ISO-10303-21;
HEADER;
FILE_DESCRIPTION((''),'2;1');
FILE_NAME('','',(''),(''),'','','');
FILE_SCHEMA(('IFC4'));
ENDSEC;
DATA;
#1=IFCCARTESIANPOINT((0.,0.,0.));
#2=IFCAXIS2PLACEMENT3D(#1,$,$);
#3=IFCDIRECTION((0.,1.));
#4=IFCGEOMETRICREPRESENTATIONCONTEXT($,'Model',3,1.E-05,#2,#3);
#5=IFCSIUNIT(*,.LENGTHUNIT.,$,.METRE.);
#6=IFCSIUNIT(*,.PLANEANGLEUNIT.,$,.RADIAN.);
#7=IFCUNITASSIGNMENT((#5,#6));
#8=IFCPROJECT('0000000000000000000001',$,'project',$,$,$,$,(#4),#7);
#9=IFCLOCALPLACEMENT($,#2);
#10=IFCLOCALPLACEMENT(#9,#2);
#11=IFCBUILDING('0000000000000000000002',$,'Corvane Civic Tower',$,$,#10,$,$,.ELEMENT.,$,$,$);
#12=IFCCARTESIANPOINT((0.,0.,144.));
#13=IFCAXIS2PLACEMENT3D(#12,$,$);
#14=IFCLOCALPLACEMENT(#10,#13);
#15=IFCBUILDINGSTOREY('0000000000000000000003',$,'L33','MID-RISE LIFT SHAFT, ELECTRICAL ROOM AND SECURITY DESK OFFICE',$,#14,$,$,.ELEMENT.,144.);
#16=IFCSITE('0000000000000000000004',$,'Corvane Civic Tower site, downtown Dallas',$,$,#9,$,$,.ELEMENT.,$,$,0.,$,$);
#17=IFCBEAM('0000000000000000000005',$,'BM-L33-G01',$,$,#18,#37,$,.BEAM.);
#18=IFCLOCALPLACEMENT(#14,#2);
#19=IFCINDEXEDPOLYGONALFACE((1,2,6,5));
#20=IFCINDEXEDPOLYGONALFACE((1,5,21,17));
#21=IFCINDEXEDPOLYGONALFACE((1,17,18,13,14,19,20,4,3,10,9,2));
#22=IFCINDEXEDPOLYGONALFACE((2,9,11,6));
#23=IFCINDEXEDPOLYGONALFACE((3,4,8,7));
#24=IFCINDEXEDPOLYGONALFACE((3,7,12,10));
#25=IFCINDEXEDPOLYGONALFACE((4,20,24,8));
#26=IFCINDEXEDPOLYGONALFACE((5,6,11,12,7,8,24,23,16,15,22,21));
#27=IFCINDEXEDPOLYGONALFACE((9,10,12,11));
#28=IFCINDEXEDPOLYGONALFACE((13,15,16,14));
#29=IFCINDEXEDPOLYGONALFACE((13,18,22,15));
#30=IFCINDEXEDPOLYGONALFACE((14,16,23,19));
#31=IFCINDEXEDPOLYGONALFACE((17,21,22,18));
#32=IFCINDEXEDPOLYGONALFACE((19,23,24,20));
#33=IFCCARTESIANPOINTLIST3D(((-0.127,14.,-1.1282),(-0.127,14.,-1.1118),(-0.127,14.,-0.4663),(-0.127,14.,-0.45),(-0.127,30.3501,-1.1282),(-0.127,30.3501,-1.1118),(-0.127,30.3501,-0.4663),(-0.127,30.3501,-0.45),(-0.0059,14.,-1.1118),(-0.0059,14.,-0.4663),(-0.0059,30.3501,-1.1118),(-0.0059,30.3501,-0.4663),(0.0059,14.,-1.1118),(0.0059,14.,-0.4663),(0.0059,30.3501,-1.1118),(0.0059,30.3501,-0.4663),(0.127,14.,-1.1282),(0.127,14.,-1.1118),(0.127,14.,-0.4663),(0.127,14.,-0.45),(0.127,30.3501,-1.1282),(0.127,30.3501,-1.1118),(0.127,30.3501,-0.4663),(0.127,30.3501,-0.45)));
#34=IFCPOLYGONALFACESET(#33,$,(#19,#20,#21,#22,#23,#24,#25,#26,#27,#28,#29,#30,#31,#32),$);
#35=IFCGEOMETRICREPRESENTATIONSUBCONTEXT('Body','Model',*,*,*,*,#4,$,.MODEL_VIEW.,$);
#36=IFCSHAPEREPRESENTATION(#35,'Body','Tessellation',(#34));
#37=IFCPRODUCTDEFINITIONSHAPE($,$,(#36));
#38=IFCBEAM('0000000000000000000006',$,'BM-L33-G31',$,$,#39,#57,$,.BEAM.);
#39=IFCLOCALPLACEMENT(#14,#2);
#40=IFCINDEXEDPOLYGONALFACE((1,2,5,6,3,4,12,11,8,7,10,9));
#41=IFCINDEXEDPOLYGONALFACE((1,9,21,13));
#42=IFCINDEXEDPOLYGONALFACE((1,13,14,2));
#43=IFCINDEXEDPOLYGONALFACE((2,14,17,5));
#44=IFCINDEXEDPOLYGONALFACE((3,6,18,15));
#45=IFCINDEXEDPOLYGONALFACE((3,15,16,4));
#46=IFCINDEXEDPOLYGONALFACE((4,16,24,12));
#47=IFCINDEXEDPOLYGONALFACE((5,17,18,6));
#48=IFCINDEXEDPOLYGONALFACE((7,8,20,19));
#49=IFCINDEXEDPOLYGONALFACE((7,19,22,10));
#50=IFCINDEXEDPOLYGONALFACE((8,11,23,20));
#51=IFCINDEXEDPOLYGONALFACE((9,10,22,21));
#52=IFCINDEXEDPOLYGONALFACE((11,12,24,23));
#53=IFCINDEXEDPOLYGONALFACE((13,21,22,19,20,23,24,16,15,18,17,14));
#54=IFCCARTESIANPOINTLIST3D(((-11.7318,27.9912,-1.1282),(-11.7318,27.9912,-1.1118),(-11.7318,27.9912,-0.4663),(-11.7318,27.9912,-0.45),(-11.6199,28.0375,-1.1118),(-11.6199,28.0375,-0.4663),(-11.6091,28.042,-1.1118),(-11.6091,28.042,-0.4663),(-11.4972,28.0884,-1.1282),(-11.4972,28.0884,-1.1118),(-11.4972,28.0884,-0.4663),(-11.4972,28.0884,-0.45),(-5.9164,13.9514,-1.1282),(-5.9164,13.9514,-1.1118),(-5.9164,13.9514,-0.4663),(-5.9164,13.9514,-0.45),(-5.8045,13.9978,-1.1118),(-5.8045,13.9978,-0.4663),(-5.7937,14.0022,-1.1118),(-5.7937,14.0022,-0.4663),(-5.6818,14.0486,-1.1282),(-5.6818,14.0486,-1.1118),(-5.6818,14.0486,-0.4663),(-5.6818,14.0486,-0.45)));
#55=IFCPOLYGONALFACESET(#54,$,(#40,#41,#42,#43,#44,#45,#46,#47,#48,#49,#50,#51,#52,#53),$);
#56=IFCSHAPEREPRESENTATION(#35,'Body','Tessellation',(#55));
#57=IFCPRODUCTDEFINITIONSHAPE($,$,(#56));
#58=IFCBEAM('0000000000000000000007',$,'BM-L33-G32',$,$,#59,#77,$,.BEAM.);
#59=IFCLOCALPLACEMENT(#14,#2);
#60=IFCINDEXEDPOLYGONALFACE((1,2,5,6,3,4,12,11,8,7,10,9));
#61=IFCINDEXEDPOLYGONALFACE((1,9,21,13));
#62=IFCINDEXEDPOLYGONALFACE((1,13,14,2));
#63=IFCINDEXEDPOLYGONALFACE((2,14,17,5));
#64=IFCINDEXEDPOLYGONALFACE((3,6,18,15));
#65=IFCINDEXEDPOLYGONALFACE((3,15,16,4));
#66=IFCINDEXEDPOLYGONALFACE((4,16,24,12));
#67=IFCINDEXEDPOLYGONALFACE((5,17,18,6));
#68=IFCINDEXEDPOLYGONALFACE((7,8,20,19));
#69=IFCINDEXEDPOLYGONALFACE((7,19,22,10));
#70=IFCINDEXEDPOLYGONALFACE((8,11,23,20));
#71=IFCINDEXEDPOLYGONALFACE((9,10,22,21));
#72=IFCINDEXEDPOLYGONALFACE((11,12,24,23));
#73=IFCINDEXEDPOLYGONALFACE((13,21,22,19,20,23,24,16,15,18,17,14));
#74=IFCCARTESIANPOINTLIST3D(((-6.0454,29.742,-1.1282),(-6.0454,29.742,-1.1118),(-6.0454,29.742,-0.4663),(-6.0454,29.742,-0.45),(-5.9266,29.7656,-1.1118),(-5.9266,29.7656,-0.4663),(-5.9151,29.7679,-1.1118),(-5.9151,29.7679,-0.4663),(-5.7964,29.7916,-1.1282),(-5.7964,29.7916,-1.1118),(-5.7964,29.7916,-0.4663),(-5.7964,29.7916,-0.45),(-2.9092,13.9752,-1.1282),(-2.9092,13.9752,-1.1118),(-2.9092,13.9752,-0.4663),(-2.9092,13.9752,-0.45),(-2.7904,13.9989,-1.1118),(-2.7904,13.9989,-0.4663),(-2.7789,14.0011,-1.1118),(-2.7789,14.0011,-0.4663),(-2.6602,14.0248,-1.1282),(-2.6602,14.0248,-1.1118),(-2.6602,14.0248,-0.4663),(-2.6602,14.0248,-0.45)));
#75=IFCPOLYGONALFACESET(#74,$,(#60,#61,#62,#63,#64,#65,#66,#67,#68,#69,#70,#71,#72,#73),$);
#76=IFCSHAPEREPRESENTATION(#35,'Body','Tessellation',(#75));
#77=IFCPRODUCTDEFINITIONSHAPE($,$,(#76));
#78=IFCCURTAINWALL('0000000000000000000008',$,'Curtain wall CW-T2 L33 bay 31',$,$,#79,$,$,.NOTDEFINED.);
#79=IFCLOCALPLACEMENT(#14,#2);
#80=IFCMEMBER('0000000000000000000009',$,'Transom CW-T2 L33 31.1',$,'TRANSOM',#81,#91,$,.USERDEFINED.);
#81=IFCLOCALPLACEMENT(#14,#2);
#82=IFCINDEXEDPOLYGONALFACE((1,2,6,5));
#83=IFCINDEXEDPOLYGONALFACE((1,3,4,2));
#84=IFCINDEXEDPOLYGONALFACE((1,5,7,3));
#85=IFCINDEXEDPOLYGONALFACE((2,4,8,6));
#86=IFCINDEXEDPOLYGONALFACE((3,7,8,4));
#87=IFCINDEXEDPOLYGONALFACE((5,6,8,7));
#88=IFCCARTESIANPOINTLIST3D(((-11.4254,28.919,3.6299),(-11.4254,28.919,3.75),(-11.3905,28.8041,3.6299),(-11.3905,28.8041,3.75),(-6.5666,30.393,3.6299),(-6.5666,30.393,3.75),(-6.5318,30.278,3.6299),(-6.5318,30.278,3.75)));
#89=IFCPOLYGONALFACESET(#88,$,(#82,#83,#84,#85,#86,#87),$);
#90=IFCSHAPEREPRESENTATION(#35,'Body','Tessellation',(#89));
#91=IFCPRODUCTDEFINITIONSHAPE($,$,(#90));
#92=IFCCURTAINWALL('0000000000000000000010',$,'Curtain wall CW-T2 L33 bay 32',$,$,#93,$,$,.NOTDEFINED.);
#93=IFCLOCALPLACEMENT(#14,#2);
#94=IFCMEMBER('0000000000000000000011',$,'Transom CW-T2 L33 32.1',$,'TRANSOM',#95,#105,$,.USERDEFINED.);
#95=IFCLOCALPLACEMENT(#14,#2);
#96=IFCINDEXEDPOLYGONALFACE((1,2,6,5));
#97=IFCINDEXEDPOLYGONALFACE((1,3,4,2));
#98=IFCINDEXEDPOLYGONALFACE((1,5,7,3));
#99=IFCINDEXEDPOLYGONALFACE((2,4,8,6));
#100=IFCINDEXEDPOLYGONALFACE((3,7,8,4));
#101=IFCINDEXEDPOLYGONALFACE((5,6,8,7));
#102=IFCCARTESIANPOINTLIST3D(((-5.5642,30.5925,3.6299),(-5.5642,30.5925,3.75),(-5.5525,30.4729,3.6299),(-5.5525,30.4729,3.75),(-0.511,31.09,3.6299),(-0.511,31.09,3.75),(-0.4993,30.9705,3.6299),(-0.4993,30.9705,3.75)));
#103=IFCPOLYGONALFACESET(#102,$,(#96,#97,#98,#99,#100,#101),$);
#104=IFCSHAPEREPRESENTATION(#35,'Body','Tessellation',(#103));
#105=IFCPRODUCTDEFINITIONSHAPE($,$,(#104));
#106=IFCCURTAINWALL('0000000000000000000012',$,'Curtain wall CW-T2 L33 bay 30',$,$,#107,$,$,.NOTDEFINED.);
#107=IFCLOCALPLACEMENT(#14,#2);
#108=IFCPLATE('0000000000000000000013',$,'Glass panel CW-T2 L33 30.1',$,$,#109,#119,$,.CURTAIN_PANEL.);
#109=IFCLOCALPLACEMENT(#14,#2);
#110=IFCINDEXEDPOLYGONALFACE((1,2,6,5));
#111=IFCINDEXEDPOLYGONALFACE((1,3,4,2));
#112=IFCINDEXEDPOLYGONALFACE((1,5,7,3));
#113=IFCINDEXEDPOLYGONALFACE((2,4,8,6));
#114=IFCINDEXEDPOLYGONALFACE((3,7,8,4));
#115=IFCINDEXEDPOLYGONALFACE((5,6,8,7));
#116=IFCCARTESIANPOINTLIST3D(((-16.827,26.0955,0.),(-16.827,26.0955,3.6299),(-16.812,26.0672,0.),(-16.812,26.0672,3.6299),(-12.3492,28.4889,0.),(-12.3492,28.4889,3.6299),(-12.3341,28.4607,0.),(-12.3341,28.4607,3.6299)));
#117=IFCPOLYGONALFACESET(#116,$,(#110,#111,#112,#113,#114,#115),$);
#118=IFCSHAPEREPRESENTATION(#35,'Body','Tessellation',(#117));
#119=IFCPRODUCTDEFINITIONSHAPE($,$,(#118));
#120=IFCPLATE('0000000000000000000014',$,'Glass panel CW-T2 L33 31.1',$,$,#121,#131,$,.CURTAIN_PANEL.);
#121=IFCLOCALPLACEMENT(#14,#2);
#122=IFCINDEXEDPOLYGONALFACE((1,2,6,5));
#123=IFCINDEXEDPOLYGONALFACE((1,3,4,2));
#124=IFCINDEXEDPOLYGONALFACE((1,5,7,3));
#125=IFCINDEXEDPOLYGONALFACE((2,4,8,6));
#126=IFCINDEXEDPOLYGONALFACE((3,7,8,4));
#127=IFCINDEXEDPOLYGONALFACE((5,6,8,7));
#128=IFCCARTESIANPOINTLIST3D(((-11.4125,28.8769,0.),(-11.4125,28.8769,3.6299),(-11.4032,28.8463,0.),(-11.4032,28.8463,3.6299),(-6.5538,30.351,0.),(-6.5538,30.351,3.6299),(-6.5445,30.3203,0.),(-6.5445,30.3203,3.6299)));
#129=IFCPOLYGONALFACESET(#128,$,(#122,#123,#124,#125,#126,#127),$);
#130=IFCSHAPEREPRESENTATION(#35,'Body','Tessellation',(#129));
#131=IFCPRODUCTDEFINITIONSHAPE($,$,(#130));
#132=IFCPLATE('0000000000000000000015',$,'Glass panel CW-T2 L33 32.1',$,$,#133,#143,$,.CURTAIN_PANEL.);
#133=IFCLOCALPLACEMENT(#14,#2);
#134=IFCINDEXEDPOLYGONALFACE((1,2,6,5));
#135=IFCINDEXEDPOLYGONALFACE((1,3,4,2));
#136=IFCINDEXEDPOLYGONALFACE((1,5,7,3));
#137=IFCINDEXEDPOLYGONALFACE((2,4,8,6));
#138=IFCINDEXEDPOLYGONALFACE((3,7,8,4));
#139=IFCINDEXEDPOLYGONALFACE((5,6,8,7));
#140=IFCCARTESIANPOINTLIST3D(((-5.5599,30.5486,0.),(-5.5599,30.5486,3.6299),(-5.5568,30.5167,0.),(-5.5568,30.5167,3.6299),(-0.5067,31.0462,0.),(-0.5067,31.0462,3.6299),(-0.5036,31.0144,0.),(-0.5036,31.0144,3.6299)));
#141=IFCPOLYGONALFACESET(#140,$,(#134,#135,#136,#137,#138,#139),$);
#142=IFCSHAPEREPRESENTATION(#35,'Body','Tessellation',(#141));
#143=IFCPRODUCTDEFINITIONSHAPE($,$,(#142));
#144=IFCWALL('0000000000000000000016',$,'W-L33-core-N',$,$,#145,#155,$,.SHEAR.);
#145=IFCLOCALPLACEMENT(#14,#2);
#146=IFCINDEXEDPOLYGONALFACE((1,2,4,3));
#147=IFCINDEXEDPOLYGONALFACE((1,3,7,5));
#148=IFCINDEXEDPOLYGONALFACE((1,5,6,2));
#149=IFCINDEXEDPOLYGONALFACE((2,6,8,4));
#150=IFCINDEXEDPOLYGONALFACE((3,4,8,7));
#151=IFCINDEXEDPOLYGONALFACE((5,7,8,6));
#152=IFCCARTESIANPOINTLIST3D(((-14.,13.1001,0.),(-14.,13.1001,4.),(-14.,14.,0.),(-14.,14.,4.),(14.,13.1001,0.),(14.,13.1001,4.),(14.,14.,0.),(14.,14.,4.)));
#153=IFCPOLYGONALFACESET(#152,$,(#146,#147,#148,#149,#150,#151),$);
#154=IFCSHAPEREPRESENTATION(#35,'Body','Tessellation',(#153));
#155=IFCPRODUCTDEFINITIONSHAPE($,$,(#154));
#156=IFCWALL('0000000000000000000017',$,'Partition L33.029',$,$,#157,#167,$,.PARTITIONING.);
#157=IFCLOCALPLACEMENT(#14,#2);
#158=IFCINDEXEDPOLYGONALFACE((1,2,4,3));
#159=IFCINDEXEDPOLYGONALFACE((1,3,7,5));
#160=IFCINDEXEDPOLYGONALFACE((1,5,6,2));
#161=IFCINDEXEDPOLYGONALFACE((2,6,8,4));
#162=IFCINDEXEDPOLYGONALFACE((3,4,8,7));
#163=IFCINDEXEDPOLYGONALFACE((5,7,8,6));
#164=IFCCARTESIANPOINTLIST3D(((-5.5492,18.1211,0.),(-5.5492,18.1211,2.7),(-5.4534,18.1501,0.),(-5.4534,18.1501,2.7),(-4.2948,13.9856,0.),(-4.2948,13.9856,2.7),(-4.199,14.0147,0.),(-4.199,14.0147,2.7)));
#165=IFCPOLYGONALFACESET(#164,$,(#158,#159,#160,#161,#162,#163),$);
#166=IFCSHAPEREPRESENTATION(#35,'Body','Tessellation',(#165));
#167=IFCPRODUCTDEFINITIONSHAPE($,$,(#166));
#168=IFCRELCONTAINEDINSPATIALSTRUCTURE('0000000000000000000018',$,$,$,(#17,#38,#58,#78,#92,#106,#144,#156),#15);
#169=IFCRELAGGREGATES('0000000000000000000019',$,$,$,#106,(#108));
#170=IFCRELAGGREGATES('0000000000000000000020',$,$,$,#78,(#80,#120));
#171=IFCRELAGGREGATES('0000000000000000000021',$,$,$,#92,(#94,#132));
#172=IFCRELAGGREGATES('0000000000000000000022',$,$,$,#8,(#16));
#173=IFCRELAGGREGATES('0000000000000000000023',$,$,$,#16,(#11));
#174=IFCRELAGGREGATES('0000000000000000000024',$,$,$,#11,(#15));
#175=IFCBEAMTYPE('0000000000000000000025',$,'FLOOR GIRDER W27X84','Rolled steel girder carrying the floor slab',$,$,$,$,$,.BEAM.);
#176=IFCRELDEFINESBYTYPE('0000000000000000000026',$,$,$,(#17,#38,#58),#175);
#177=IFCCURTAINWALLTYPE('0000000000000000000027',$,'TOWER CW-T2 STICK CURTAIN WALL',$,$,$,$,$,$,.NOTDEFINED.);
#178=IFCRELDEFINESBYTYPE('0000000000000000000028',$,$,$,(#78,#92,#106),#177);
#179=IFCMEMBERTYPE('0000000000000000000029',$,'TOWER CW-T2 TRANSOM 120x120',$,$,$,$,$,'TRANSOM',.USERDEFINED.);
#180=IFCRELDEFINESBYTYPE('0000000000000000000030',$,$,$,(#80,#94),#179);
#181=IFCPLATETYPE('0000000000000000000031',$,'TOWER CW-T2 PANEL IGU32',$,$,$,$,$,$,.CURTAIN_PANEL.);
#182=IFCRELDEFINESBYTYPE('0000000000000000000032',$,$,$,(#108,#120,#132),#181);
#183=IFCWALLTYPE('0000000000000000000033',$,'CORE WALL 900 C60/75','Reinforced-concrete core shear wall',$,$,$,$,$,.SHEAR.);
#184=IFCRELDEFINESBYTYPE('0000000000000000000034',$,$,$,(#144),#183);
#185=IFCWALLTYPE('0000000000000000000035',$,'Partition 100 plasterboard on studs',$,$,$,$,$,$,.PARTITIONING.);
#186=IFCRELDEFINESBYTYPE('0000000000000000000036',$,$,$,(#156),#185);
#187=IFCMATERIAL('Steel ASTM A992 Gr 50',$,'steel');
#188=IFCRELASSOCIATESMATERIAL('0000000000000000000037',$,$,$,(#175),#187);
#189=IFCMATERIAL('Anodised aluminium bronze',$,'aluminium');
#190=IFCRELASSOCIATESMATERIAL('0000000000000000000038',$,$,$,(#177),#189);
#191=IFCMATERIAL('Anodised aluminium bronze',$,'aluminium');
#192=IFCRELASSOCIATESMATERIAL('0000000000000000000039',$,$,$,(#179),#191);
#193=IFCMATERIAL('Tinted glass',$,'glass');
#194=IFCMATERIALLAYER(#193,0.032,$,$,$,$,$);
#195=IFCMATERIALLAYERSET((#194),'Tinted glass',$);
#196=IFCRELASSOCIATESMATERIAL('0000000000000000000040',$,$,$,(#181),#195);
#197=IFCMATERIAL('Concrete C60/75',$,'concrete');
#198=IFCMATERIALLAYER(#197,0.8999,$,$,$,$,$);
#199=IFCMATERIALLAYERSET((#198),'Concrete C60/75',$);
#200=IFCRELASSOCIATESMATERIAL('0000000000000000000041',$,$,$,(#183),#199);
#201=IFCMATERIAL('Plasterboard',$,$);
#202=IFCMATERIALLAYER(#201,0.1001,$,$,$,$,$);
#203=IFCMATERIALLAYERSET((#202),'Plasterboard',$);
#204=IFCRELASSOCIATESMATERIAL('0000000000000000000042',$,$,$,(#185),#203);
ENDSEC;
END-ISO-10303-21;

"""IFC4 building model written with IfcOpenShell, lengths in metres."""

from ifc_helpers import new_model, si_unit, direction, frame, frame_2d, origin, origin_2d, place, context, subcontext, project, spatial, rectangle, i_section, extrude, material, layer, layer_set, material_profile, profile_set, type_object, element, aggregate, save


model = new_model("IFC4")

# Units and contexts
model_context = context("Model", 3, precision=1e-05, world=origin(), true_north=direction((0.0, 1.0)))
body_context = subcontext(model_context, "Body", "Model", "MODEL_VIEW")
ifc_project = project(units=[si_unit("LENGTHUNIT", "METRE"), si_unit("PLANEANGLEUNIT", "RADIAN")], contexts=[model_context])

# Site, building, storey
site_placement = place(None, origin())
site = spatial("IfcSite", under=ifc_project, at=site_placement, Name="Corvane Civic Tower site, downtown Dallas", CompositionType="ELEMENT", RefElevation=0.0)
building_placement = place(site_placement, origin())
building = spatial("IfcBuilding", under=site, at=building_placement, Name="Corvane Civic Tower", CompositionType="ELEMENT")
storey_placement = place(building_placement, frame((0.0, 0.0, 144.0)))
storey = spatial("IfcBuildingStorey", under=building, at=storey_placement, Name="L33", Description="MID-RISE LIFT SHAFT, ELECTRICAL ROOM AND SECURITY DESK OFFICE", CompositionType="ELEMENT", Elevation=144.0)

# Beams
ifc_material_1 = material(Name="Steel ASTM A992 Gr 50", Category="steel")
ifc_material_profile_1 = material_profile(ifc_material_1, i_section(OverallWidth=0.2539, OverallDepth=0.6782, WebThickness=0.0117, FlangeThickness=0.0164, at=origin_2d()), Name="W27X84")
ifc_profile_set_1 = profile_set([ifc_material_profile_1], Name="Steel ASTM A992 Gr 50")
beam_type_1 = type_object("IfcBeamType", Name="FLOOR GIRDER W27X84", Description="Rolled steel girder carrying the floor slab", PredefinedType="BEAM", material=ifc_profile_set_1)
beam_1_placement = place(storey_placement, frame((0.0, 14.0, -0.7891), z_axis=(0.0, 1.0, 0.0), x_axis=(-1.0, 0.0, 0.0)))
element("IfcBeam", 1, at=beam_1_placement, inside=storey, type_object=beam_type_1, Name="BM-L33-G01", PredefinedType="BEAM", context=body_context, shape_type="SweptSolid", body=[
    extrude(i_section(OverallWidth=0.2539, OverallDepth=0.6782, WebThickness=0.0117, FlangeThickness=0.0164, at=origin_2d()), origin(), (0.0, 0.0, 1.0), 16.3501),
])
beam_2_placement = place(storey_placement, frame((-5.7991, 14.0, -0.7891), z_axis=(-0.382681, 0.923881, 0.0), x_axis=(-0.923881, -0.382681, 0.0)))
element("IfcBeam", 2, at=beam_2_placement, inside=storey, type_object=beam_type_1, Name="BM-L33-G31", PredefinedType="BEAM", context=body_context, shape_type="SweptSolid", body=[
    extrude(i_section(OverallWidth=0.2539, OverallDepth=0.6782, WebThickness=0.0117, FlangeThickness=0.0164, at=origin_2d()), origin(), (0.0, 0.0, 1.0), 15.1965),
])
beam_3_placement = place(storey_placement, frame((-2.7847, 14.0, -0.7891), z_axis=(-0.195091, 0.980785, 0.0), x_axis=(-0.980785, -0.195091, 0.0)))
element("IfcBeam", 3, at=beam_3_placement, inside=storey, type_object=beam_type_1, Name="BM-L33-G32", PredefinedType="BEAM", context=body_context, shape_type="SweptSolid", body=[
    extrude(i_section(OverallWidth=0.2539, OverallDepth=0.6782, WebThickness=0.0117, FlangeThickness=0.0164, at=origin_2d()), origin(), (0.0, 0.0, 1.0), 16.0757),
])

# Curtain walls, members
ifc_material_2 = material(Name="Anodised aluminium bronze", Category="aluminium")
curtain_wall_type = type_object("IfcCurtainWallType", Name="TOWER CW-T2 STICK CURTAIN WALL", PredefinedType="NOTDEFINED", material=ifc_material_2)
curtain_wall_1_placement = place(storey_placement, origin())
curtain_wall_1 = element("IfcCurtainWall", 4, at=curtain_wall_1_placement, inside=storey, type_object=curtain_wall_type, Name="Curtain wall CW-T2 L33 bay 31", PredefinedType="NOTDEFINED")
ifc_material_3 = material(Name="Anodised aluminium bronze", Category="aluminium")
ifc_material_profile_2 = material_profile(ifc_material_3, rectangle(XDim=0.1201, YDim=0.1201, at=origin_2d()), Name="TOWER CW-T2 TRANSOM 120x120")
ifc_profile_set_2 = profile_set([ifc_material_profile_2], Name="Anodised aluminium bronze")
member_type = type_object("IfcMemberType", Name="TOWER CW-T2 TRANSOM 120x120", ElementType="TRANSOM", PredefinedType="USERDEFINED", material=ifc_profile_set_2)
member_1_placement = place(storey_placement, frame((-11.408, 28.8616, 3.6899), z_axis=(0.956939, 0.290289, 0.0), x_axis=(-0.290289, 0.956939, 0.0)))
member_1 = element("IfcMember", 5, at=member_1_placement, type_object=member_type, Name="Transom CW-T2 L33 31.1", ObjectType="TRANSOM", PredefinedType="USERDEFINED", context=body_context, shape_type="SweptSolid", body=[
    extrude(rectangle(XDim=0.1201, YDim=0.1201, at=origin_2d()), origin(), (0.0, 0.0, 1.0), 5.0774),
])
curtain_wall_2_placement = place(storey_placement, origin())
curtain_wall_2 = element("IfcCurtainWall", 6, at=curtain_wall_2_placement, inside=storey, type_object=curtain_wall_type, Name="Curtain wall CW-T2 L33 bay 32", PredefinedType="NOTDEFINED")
member_2_placement = place(storey_placement, frame((-5.5583, 30.5327, 3.6899), z_axis=(0.995187, 0.09799, 0.0), x_axis=(-0.09799, 0.995187, 0.0)))
member_2 = element("IfcMember", 7, at=member_2_placement, type_object=member_type, Name="Transom CW-T2 L33 32.1", ObjectType="TRANSOM", PredefinedType="USERDEFINED", context=body_context, shape_type="SweptSolid", body=[
    extrude(rectangle(XDim=0.1201, YDim=0.1201, at=origin_2d()), origin(), (0.0, 0.0, 1.0), 5.0776),
])

# Curtain wall, plate
curtain_wall_3_placement = place(storey_placement, origin())
curtain_wall_3 = element("IfcCurtainWall", 8, at=curtain_wall_3_placement, inside=storey, type_object=curtain_wall_type, Name="Curtain wall CW-T2 L33 bay 30", PredefinedType="NOTDEFINED")
ifc_material_4 = material(Name="Tinted glass", Category="glass")
ifc_layer_1 = layer(ifc_material_4, 0.032)
ifc_layer_set_1 = layer_set([ifc_layer_1], Name="Tinted glass")
plate_type = type_object("IfcPlateType", Name="TOWER CW-T2 PANEL IGU32", PredefinedType="CURTAIN_PANEL", material=ifc_layer_set_1)
plate_1_placement = place(storey_placement, frame((-14.5806, 27.2781, 0.0), z_axis=(0.0, 0.0, 1.0), x_axis=(0.881922, 0.471395, 0.0)))
plate_1 = element("IfcPlate", 9, at=plate_1_placement, type_object=plate_type, Name="Glass panel CW-T2 L33 30.1", PredefinedType="CURTAIN_PANEL", context=body_context, shape_type="SweptSolid", body=[
    extrude(rectangle(XDim=5.0774, YDim=0.032, at=origin_2d()), origin(), (0.0, 0.0, 1.0), 3.6299),
])
aggregate(curtain_wall_3, [plate_1])

# Plates
plate_2_placement = place(storey_placement, frame((-8.9785, 29.5986, 0.0), z_axis=(0.0, 0.0, 1.0), x_axis=(0.956932, 0.290313, 0.0)))
plate_2 = element("IfcPlate", 10, at=plate_2_placement, type_object=plate_type, Name="Glass panel CW-T2 L33 31.1", PredefinedType="CURTAIN_PANEL", context=body_context, shape_type="SweptSolid", body=[
    extrude(rectangle(XDim=5.0774, YDim=0.032, at=origin_2d()), origin(), (0.0, 0.0, 1.0), 3.6299),
])
aggregate(curtain_wall_1, [member_1, plate_2])
plate_3_placement = place(storey_placement, frame((-3.0317, 30.7815, 0.0), z_axis=(0.0, 0.0, 1.0), x_axis=(0.995185, 0.098012, 0.0)))
plate_3 = element("IfcPlate", 11, at=plate_3_placement, type_object=plate_type, Name="Glass panel CW-T2 L33 32.1", PredefinedType="CURTAIN_PANEL", context=body_context, shape_type="SweptSolid", body=[
    extrude(rectangle(XDim=5.0776, YDim=0.032, at=origin_2d()), origin(), (0.0, 0.0, 1.0), 3.6299),
])
aggregate(curtain_wall_2, [member_2, plate_3])

# Walls
ifc_material_5 = material(Name="Concrete C60/75", Category="concrete")
ifc_layer_2 = layer(ifc_material_5, 0.8999)
ifc_layer_set_2 = layer_set([ifc_layer_2], Name="Concrete C60/75")
wall_type_1 = type_object("IfcWallType", Name="CORE WALL 900 C60/75", Description="Reinforced-concrete core shear wall", PredefinedType="SHEAR", material=ifc_layer_set_2)
wall_1_placement = place(storey_placement, frame((-14.0, 13.55, 0.0), z_axis=(0.0, 0.0, 1.0), x_axis=(1.0, 0.0, 0.0)))
element("IfcWall", 12, at=wall_1_placement, inside=storey, type_object=wall_type_1, Name="W-L33-core-N", PredefinedType="SHEAR", context=body_context, shape_type="SweptSolid", body=[
    extrude(rectangle(XDim=28.0, YDim=0.8999, at=frame_2d((14.0, 0.0))), origin(), (0.0, 0.0, 1.0), 4.0),
])
ifc_material_6 = material(Name="Plasterboard")
ifc_layer_3 = layer(ifc_material_6, 0.1001)
ifc_layer_set_3 = layer_set([ifc_layer_3], Name="Plasterboard")
wall_type_2 = type_object("IfcWallType", Name="Partition 100 plasterboard on studs", PredefinedType="PARTITIONING", material=ifc_layer_set_3)
wall_2_placement = place(storey_placement, frame((-5.5012, 18.1355, 0.0), z_axis=(0.0, 0.0, 1.0), x_axis=(0.290265, -0.956946, 0.0)))
element("IfcWall", 13, at=wall_2_placement, inside=storey, type_object=wall_type_2, Name="Partition L33.029", PredefinedType="PARTITIONING", context=body_context, shape_type="SweptSolid", body=[
    extrude(rectangle(XDim=4.3215, YDim=0.1001, at=frame_2d((2.1606, 0.0))), origin(), (0.0, 0.0, 1.0), 2.7),
])

save(model, "model.ifc")
